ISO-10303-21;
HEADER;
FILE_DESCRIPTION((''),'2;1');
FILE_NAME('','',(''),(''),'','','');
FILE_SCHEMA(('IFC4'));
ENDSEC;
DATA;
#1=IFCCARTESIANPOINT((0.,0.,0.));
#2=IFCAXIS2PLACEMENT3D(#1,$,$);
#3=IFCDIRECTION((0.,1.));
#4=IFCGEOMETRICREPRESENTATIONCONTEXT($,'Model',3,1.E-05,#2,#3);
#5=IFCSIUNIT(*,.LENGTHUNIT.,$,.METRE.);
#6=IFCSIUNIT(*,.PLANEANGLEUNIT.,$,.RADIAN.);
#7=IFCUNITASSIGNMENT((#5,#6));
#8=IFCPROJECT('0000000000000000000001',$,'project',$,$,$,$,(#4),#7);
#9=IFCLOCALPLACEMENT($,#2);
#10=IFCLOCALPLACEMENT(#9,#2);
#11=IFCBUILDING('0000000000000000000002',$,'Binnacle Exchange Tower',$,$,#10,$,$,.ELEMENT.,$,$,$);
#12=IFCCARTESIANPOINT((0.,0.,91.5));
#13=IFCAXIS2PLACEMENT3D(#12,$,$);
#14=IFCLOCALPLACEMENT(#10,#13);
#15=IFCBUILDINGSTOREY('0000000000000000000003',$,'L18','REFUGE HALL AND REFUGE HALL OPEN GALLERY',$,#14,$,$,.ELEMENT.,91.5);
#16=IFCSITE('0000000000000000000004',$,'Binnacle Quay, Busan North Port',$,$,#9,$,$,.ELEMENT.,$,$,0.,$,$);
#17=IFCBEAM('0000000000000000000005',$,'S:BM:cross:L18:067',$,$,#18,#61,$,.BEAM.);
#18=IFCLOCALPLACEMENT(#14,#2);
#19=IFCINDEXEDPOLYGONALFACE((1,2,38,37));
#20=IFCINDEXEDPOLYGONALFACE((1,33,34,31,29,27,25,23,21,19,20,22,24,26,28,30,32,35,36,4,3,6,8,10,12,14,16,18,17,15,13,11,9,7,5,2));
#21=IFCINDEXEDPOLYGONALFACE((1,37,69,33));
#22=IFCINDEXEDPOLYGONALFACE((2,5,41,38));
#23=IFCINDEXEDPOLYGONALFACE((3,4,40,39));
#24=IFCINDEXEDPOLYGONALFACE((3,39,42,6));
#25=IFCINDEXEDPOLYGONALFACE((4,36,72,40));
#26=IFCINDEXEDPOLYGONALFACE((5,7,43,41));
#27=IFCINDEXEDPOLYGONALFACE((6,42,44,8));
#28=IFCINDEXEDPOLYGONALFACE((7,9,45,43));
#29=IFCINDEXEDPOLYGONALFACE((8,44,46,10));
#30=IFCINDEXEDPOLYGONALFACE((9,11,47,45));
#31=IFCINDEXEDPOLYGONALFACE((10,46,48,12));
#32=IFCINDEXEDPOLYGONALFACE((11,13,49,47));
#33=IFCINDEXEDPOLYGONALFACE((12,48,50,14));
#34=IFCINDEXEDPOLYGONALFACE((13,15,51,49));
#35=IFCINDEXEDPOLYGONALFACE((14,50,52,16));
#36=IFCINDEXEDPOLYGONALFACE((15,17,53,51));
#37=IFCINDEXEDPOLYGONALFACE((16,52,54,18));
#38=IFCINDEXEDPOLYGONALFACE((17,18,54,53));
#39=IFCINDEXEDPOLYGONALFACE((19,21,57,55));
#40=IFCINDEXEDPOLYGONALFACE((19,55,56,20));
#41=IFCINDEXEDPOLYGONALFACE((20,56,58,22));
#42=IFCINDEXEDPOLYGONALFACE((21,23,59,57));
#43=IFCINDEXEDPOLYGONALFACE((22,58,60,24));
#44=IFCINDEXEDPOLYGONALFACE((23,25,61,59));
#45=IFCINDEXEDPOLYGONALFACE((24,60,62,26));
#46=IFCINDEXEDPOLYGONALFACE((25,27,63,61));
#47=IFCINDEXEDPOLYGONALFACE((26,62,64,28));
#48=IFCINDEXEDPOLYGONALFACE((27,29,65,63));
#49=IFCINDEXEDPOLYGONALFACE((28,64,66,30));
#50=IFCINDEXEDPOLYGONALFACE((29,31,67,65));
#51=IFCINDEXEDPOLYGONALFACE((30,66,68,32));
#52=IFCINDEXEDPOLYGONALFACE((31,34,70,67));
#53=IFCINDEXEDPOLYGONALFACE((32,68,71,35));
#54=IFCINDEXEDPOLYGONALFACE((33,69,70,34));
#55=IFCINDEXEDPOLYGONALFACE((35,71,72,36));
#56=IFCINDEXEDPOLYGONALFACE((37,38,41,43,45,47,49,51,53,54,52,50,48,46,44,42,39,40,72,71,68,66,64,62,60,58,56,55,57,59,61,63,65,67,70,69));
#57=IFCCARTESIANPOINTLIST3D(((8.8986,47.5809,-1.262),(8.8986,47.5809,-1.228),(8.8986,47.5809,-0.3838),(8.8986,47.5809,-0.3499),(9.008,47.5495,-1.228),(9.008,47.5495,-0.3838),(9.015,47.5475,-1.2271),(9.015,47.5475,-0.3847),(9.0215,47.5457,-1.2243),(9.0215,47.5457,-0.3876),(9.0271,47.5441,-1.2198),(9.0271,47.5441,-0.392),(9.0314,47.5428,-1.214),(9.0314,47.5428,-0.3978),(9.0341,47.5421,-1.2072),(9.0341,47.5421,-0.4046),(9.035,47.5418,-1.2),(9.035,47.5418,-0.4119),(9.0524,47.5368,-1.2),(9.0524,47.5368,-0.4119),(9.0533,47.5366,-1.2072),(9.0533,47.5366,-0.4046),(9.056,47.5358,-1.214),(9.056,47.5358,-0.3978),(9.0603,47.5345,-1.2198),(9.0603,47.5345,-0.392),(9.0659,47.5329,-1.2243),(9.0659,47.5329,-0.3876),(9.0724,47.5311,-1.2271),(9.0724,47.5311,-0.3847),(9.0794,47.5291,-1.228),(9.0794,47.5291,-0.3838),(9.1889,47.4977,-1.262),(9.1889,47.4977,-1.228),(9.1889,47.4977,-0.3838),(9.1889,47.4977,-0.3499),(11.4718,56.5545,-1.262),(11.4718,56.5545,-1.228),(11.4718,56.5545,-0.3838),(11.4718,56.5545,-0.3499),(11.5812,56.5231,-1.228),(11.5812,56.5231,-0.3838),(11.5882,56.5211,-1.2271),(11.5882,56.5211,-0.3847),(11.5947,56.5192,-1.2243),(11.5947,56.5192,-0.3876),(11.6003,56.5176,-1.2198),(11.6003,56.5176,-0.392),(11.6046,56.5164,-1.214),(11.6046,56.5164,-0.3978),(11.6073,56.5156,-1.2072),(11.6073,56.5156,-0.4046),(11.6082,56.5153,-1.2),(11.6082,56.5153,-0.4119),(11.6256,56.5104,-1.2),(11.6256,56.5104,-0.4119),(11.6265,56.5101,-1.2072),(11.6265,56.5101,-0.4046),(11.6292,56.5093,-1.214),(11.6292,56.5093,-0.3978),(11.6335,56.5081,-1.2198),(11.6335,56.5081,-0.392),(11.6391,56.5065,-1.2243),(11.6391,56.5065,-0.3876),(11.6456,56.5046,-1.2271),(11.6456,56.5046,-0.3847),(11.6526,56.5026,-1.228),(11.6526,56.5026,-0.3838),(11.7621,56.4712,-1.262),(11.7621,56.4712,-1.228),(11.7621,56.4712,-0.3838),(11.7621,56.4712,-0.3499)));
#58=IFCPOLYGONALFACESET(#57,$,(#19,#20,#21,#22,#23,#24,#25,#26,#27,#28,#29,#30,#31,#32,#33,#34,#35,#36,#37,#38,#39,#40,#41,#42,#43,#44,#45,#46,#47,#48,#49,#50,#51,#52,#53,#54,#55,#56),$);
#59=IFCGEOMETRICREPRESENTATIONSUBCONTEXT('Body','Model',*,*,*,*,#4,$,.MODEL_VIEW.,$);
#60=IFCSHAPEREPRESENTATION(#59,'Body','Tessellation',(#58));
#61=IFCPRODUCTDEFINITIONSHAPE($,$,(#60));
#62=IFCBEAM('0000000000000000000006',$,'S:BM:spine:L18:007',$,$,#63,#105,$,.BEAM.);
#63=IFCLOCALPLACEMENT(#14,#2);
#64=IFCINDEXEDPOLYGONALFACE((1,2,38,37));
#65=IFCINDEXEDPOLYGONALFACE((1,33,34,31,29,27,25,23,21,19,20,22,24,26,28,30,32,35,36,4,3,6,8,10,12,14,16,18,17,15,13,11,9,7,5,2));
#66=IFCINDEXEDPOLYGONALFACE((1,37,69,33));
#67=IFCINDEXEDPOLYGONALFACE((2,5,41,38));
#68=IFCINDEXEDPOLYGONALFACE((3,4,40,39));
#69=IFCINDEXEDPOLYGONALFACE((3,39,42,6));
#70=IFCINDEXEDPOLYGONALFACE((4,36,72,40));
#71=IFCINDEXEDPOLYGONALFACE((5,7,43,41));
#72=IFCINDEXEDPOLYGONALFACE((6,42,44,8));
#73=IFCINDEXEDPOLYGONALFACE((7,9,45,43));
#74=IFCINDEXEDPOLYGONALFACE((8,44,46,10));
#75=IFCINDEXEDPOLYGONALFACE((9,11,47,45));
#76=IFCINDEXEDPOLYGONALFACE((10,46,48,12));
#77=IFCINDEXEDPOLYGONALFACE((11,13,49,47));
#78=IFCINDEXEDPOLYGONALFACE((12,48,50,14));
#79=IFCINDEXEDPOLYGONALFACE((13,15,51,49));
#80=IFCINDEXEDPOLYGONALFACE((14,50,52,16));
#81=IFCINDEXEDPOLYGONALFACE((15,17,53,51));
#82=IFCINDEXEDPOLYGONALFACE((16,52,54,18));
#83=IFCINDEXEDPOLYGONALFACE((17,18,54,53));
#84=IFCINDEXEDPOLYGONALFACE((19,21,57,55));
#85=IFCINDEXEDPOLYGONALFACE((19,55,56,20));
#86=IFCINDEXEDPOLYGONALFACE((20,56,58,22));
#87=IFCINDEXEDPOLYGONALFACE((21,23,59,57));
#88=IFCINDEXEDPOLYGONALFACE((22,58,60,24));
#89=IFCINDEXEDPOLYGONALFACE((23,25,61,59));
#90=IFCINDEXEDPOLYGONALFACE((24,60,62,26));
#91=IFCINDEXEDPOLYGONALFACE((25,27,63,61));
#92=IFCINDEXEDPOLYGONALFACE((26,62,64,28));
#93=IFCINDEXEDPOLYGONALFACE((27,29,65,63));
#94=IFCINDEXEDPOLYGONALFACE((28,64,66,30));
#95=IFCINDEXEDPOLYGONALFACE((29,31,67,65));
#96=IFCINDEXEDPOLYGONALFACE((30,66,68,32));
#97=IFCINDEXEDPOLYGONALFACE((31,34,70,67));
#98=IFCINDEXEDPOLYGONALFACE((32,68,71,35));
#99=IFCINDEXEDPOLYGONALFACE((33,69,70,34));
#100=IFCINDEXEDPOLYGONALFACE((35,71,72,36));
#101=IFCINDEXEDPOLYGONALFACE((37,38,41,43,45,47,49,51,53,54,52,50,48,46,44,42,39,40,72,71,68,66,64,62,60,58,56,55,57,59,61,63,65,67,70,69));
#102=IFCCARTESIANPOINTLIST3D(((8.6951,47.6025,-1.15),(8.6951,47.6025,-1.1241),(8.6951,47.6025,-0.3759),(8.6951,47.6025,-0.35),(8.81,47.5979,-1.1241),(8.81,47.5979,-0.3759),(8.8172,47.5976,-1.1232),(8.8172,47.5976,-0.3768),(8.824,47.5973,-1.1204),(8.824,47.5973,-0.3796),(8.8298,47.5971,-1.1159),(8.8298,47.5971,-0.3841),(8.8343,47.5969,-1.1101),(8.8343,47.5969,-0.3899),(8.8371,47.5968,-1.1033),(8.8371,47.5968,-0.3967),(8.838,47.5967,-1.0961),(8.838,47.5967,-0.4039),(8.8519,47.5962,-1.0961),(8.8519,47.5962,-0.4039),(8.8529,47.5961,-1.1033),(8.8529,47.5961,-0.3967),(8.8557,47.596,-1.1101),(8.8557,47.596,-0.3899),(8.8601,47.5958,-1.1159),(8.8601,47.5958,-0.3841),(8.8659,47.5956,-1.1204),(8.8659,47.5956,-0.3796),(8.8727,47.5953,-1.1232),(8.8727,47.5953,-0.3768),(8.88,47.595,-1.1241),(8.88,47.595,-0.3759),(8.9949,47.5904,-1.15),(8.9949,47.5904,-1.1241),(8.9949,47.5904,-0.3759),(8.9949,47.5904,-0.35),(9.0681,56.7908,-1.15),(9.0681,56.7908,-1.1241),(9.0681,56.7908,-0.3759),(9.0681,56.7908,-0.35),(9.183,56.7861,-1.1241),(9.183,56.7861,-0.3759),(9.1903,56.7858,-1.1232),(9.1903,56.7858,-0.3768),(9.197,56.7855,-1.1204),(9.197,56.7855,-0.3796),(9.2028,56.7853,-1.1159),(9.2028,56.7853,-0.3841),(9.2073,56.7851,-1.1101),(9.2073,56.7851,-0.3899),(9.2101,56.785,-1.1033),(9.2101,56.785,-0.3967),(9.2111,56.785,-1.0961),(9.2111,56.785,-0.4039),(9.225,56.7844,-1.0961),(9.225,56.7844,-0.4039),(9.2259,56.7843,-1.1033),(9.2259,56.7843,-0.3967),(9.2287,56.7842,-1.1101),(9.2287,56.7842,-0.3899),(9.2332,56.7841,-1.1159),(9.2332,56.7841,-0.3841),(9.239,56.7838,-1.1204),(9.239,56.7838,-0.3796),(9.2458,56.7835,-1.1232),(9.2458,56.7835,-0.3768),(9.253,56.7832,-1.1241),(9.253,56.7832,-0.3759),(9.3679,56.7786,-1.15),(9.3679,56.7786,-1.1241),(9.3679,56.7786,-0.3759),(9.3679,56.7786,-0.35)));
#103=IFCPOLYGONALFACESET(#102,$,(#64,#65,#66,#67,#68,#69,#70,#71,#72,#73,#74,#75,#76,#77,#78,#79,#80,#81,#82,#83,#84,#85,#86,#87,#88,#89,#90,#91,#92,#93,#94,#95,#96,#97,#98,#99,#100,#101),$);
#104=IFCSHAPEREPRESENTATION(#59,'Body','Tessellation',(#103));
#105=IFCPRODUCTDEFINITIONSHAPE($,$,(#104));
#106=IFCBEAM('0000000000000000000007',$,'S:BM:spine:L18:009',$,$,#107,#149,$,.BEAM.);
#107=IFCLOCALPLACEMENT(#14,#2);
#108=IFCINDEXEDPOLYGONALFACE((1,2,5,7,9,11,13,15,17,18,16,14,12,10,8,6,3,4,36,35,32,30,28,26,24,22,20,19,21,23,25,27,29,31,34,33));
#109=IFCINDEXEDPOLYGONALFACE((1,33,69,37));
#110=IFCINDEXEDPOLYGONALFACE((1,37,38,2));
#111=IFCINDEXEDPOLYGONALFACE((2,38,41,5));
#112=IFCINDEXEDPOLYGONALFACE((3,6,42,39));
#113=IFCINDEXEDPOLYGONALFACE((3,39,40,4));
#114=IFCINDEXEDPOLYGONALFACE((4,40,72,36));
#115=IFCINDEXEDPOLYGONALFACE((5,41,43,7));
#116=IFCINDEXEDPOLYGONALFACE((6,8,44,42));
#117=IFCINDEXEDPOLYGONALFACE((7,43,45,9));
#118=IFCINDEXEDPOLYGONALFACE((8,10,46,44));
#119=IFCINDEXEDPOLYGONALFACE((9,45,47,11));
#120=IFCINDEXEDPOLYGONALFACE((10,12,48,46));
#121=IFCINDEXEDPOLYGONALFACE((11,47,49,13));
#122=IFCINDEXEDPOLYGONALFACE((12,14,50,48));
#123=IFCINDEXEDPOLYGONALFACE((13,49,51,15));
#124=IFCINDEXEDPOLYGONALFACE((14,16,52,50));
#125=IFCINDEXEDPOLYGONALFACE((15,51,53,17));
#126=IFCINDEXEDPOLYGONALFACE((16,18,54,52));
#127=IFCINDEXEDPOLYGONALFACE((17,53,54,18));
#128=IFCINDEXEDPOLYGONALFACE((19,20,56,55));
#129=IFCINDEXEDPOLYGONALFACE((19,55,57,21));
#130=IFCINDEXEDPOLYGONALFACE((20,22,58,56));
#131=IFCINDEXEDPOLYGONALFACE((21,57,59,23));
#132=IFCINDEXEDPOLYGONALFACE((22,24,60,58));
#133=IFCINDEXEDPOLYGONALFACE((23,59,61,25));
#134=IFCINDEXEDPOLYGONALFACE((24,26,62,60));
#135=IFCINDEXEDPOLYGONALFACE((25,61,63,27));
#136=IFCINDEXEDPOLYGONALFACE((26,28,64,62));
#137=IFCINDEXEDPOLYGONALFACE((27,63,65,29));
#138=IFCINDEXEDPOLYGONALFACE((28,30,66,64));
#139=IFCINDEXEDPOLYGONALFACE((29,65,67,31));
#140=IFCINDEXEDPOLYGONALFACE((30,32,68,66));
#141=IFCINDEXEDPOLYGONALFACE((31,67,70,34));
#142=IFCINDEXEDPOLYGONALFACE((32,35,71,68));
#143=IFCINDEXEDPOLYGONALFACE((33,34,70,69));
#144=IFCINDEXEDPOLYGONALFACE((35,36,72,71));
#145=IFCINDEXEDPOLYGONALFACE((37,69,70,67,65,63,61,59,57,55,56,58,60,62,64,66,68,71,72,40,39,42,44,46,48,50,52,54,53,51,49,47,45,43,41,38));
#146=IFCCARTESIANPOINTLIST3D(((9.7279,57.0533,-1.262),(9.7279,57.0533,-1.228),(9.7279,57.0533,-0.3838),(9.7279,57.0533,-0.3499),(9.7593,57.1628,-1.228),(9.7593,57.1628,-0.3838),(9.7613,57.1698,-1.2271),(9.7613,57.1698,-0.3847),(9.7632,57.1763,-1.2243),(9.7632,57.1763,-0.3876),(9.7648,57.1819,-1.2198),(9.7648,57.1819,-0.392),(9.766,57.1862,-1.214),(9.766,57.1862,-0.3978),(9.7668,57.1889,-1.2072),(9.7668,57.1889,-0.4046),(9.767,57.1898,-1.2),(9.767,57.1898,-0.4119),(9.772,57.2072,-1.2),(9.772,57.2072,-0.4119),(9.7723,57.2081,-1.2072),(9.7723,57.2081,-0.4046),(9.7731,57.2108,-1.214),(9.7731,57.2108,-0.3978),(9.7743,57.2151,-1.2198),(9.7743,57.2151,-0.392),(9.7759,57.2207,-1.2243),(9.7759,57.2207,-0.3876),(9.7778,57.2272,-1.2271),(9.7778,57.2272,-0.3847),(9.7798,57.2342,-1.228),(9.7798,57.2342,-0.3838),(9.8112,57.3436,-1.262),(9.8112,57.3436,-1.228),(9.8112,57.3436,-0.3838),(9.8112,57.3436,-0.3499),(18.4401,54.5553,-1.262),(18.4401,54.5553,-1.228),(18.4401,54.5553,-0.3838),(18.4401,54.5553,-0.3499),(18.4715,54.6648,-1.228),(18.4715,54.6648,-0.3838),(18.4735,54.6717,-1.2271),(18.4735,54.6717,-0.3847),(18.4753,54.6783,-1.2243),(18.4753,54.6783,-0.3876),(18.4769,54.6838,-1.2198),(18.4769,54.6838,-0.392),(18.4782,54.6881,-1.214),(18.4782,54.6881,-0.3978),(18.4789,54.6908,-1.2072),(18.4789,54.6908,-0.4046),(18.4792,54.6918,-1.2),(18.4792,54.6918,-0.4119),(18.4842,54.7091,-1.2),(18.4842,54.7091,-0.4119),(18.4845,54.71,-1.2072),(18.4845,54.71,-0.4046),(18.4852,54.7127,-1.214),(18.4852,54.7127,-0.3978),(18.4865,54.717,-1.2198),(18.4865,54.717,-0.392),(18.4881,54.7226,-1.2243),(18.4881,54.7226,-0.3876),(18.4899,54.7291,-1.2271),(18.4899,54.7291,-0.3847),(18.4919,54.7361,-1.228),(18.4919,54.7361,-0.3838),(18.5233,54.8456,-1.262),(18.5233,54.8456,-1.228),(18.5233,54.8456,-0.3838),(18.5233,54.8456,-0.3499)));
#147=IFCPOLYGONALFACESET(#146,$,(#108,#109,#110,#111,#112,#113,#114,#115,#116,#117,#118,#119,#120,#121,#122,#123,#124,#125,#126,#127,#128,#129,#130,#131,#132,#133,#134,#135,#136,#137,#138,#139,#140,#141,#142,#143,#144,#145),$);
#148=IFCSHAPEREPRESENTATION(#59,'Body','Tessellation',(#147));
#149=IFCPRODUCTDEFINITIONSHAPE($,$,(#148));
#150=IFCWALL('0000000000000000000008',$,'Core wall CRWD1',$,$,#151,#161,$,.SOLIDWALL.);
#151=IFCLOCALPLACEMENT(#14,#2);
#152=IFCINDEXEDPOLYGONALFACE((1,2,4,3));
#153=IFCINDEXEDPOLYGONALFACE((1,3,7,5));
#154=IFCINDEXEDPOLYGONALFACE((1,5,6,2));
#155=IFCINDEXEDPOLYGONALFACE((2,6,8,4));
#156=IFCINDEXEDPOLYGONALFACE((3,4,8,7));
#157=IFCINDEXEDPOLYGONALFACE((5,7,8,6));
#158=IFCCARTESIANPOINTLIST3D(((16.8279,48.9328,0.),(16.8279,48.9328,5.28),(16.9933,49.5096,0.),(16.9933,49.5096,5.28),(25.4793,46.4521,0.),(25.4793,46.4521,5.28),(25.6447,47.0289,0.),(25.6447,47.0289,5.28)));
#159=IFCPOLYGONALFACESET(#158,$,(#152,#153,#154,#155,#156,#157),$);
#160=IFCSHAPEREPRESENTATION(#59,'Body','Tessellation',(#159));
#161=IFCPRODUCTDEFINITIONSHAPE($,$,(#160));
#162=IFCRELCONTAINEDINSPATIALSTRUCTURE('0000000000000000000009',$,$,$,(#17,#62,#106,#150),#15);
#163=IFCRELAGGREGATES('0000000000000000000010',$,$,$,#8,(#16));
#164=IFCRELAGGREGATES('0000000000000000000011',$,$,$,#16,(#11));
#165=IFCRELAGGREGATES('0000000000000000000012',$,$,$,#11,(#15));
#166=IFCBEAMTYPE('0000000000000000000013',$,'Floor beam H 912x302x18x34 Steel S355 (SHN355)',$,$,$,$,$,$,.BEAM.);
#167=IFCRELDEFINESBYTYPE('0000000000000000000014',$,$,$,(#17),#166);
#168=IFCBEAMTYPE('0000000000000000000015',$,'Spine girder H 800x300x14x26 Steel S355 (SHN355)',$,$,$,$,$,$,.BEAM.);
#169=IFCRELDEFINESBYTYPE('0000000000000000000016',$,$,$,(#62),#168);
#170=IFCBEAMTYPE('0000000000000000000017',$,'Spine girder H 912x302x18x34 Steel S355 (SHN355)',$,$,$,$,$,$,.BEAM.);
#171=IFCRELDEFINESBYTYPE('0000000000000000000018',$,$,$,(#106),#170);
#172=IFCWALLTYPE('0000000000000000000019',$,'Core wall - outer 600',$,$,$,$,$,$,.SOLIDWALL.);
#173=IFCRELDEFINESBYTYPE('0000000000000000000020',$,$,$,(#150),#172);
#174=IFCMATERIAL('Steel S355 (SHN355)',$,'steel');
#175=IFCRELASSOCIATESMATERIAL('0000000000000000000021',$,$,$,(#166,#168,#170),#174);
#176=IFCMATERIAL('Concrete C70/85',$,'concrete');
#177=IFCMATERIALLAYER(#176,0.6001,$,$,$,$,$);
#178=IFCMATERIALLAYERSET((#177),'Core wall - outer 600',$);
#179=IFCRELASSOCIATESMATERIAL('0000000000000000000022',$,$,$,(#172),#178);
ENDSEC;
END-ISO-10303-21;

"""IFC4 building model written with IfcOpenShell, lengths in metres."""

from ifc_helpers import new_model, si_unit, direction, frame, frame_2d, origin, origin_2d, place, context, subcontext, project, spatial, rectangle, i_section, extrude, material, layer, layer_set, material_profile, profile_set, type_object, element, save


model = new_model("IFC4")

# Units and contexts
model_context = context("Model", 3, precision=1e-05, world=origin(), true_north=direction((0.0, 1.0)))
body_context = subcontext(model_context, "Body", "Model", "MODEL_VIEW")
ifc_project = project(units=[si_unit("LENGTHUNIT", "METRE"), si_unit("PLANEANGLEUNIT", "RADIAN")], contexts=[model_context])

# Site, building, storey
site_placement = place(None, origin())
site = spatial("IfcSite", under=ifc_project, at=site_placement, Name="Binnacle Quay, Busan North Port", CompositionType="ELEMENT", RefElevation=0.0)
building_placement = place(site_placement, origin())
building = spatial("IfcBuilding", under=site, at=building_placement, Name="Binnacle Exchange Tower", CompositionType="ELEMENT")
storey_placement = place(building_placement, frame((0.0, 0.0, 91.5)))
storey = spatial("IfcBuildingStorey", under=building, at=storey_placement, Name="L18", Description="REFUGE HALL AND REFUGE HALL OPEN GALLERY", CompositionType="ELEMENT", Elevation=91.5)

# Shared definitions
ifc_material_1 = material(Name="Concrete C70/85", Category="concrete")

# Beams
ifc_material_2 = material(Name="Steel S355 (SHN355)", Category="steel")
ifc_material_profile_1 = material_profile(ifc_material_2, i_section(OverallWidth=0.302, OverallDepth=0.9121, WebThickness=0.0181, FlangeThickness=0.0339, FilletRadius=0.0281, at=origin_2d()), Name="H 912x302x18x34")
ifc_profile_set_1 = profile_set([ifc_material_profile_1], Name="Steel S355 (SHN355)")
beam_type_1 = type_object("IfcBeamType", Name="Floor beam H 912x302x18x34 Steel S355 (SHN355)", PredefinedType="BEAM", material=ifc_profile_set_1)
beam_1_placement = place(storey_placement, frame((9.0437, 47.5393, -0.8059), z_axis=(0.275647, 0.961259, 0.0), x_axis=(-0.961259, 0.275647, 0.0)))
element("IfcBeam", 1, at=beam_1_placement, inside=storey, type_object=beam_type_1, Name="S:BM:cross:L18:067", PredefinedType="BEAM", context=body_context, shape_type="SweptSolid", body=[
    extrude(i_section(OverallWidth=0.302, OverallDepth=0.9121, WebThickness=0.0181, FlangeThickness=0.0339, FilletRadius=0.0281, at=origin_2d()), origin(), (0.0, 0.0, 1.0), 9.3352),
])
ifc_material_profile_2 = material_profile(ifc_material_2, i_section(OverallWidth=0.3, OverallDepth=0.8, WebThickness=0.0139, FlangeThickness=0.0259, FilletRadius=0.0281, at=origin_2d()), Name="H 800x300x14x26")
ifc_profile_set_2 = profile_set([ifc_material_profile_2], Name="Steel S355 (SHN355)")
beam_type_2 = type_object("IfcBeamType", Name="Spine girder H 800x300x14x26 Steel S355 (SHN355)", PredefinedType="BEAM", material=ifc_profile_set_2)
beam_2_placement = place(storey_placement, frame((9.218, 56.7847, -0.75), z_axis=(-0.040567, -0.999177, 0.0), x_axis=(0.999177, -0.040567, 0.0)))
element("IfcBeam", 2, at=beam_2_placement, inside=storey, type_object=beam_type_2, Name="S:BM:spine:L18:007", PredefinedType="BEAM", context=body_context, shape_type="SweptSolid", body=[
    extrude(i_section(OverallWidth=0.3, OverallDepth=0.8, WebThickness=0.0139, FlangeThickness=0.0259, FilletRadius=0.0281, at=origin_2d()), origin(), (0.0, 0.0, 1.0), 9.1958),
])
ifc_material_profile_3 = material_profile(ifc_material_2, i_section(OverallWidth=0.302, OverallDepth=0.9121, WebThickness=0.0181, FlangeThickness=0.0339, FilletRadius=0.0281, at=origin_2d()), Name="H 912x302x18x34")
ifc_profile_set_3 = profile_set([ifc_material_profile_3], Name="Steel S355 (SHN355)")
beam_type_3 = type_object("IfcBeamType", Name="Spine girder H 912x302x18x34 Steel S355 (SHN355)", PredefinedType="BEAM", material=ifc_profile_set_3)
beam_3_placement = place(storey_placement, frame((9.7695, 57.1985, -0.8059), z_axis=(0.961265, -0.275625, 0.0), x_axis=(0.275625, 0.961265, 0.0)))
element("IfcBeam", 3, at=beam_3_placement, inside=storey, type_object=beam_type_3, Name="S:BM:spine:L18:009", PredefinedType="BEAM", context=body_context, shape_type="SweptSolid", body=[
    extrude(i_section(OverallWidth=0.302, OverallDepth=0.9121, WebThickness=0.0181, FlangeThickness=0.0339, FilletRadius=0.0281, at=origin_2d()), origin(), (0.0, 0.0, 1.0), 9.0632),
])

# Wall
ifc_layer_1 = layer(ifc_material_1, 0.6001)
ifc_layer_set_1 = layer_set([ifc_layer_1], Name="Core wall - outer 600")
wall_type_1 = type_object("IfcWallType", Name="Core wall - outer 600", PredefinedType="SOLIDWALL", material=ifc_layer_set_1)
wall_1_placement = place(storey_placement, frame((16.9106, 49.2212, 0.0), z_axis=(0.0, 0.0, 1.0), x_axis=(0.961262, -0.275635, 0.0)))
element("IfcWall", 4, at=wall_1_placement, inside=storey, type_object=wall_type_1, Name="Core wall CRWD1", PredefinedType="SOLIDWALL", context=body_context, shape_type="SweptSolid", body=[
    extrude(rectangle(XDim=9.0, YDim=0.6001, at=frame_2d((4.5, 0.0))), origin(), (0.0, 0.0, 1.0), 5.28),
])

save(model, "model.ifc")
